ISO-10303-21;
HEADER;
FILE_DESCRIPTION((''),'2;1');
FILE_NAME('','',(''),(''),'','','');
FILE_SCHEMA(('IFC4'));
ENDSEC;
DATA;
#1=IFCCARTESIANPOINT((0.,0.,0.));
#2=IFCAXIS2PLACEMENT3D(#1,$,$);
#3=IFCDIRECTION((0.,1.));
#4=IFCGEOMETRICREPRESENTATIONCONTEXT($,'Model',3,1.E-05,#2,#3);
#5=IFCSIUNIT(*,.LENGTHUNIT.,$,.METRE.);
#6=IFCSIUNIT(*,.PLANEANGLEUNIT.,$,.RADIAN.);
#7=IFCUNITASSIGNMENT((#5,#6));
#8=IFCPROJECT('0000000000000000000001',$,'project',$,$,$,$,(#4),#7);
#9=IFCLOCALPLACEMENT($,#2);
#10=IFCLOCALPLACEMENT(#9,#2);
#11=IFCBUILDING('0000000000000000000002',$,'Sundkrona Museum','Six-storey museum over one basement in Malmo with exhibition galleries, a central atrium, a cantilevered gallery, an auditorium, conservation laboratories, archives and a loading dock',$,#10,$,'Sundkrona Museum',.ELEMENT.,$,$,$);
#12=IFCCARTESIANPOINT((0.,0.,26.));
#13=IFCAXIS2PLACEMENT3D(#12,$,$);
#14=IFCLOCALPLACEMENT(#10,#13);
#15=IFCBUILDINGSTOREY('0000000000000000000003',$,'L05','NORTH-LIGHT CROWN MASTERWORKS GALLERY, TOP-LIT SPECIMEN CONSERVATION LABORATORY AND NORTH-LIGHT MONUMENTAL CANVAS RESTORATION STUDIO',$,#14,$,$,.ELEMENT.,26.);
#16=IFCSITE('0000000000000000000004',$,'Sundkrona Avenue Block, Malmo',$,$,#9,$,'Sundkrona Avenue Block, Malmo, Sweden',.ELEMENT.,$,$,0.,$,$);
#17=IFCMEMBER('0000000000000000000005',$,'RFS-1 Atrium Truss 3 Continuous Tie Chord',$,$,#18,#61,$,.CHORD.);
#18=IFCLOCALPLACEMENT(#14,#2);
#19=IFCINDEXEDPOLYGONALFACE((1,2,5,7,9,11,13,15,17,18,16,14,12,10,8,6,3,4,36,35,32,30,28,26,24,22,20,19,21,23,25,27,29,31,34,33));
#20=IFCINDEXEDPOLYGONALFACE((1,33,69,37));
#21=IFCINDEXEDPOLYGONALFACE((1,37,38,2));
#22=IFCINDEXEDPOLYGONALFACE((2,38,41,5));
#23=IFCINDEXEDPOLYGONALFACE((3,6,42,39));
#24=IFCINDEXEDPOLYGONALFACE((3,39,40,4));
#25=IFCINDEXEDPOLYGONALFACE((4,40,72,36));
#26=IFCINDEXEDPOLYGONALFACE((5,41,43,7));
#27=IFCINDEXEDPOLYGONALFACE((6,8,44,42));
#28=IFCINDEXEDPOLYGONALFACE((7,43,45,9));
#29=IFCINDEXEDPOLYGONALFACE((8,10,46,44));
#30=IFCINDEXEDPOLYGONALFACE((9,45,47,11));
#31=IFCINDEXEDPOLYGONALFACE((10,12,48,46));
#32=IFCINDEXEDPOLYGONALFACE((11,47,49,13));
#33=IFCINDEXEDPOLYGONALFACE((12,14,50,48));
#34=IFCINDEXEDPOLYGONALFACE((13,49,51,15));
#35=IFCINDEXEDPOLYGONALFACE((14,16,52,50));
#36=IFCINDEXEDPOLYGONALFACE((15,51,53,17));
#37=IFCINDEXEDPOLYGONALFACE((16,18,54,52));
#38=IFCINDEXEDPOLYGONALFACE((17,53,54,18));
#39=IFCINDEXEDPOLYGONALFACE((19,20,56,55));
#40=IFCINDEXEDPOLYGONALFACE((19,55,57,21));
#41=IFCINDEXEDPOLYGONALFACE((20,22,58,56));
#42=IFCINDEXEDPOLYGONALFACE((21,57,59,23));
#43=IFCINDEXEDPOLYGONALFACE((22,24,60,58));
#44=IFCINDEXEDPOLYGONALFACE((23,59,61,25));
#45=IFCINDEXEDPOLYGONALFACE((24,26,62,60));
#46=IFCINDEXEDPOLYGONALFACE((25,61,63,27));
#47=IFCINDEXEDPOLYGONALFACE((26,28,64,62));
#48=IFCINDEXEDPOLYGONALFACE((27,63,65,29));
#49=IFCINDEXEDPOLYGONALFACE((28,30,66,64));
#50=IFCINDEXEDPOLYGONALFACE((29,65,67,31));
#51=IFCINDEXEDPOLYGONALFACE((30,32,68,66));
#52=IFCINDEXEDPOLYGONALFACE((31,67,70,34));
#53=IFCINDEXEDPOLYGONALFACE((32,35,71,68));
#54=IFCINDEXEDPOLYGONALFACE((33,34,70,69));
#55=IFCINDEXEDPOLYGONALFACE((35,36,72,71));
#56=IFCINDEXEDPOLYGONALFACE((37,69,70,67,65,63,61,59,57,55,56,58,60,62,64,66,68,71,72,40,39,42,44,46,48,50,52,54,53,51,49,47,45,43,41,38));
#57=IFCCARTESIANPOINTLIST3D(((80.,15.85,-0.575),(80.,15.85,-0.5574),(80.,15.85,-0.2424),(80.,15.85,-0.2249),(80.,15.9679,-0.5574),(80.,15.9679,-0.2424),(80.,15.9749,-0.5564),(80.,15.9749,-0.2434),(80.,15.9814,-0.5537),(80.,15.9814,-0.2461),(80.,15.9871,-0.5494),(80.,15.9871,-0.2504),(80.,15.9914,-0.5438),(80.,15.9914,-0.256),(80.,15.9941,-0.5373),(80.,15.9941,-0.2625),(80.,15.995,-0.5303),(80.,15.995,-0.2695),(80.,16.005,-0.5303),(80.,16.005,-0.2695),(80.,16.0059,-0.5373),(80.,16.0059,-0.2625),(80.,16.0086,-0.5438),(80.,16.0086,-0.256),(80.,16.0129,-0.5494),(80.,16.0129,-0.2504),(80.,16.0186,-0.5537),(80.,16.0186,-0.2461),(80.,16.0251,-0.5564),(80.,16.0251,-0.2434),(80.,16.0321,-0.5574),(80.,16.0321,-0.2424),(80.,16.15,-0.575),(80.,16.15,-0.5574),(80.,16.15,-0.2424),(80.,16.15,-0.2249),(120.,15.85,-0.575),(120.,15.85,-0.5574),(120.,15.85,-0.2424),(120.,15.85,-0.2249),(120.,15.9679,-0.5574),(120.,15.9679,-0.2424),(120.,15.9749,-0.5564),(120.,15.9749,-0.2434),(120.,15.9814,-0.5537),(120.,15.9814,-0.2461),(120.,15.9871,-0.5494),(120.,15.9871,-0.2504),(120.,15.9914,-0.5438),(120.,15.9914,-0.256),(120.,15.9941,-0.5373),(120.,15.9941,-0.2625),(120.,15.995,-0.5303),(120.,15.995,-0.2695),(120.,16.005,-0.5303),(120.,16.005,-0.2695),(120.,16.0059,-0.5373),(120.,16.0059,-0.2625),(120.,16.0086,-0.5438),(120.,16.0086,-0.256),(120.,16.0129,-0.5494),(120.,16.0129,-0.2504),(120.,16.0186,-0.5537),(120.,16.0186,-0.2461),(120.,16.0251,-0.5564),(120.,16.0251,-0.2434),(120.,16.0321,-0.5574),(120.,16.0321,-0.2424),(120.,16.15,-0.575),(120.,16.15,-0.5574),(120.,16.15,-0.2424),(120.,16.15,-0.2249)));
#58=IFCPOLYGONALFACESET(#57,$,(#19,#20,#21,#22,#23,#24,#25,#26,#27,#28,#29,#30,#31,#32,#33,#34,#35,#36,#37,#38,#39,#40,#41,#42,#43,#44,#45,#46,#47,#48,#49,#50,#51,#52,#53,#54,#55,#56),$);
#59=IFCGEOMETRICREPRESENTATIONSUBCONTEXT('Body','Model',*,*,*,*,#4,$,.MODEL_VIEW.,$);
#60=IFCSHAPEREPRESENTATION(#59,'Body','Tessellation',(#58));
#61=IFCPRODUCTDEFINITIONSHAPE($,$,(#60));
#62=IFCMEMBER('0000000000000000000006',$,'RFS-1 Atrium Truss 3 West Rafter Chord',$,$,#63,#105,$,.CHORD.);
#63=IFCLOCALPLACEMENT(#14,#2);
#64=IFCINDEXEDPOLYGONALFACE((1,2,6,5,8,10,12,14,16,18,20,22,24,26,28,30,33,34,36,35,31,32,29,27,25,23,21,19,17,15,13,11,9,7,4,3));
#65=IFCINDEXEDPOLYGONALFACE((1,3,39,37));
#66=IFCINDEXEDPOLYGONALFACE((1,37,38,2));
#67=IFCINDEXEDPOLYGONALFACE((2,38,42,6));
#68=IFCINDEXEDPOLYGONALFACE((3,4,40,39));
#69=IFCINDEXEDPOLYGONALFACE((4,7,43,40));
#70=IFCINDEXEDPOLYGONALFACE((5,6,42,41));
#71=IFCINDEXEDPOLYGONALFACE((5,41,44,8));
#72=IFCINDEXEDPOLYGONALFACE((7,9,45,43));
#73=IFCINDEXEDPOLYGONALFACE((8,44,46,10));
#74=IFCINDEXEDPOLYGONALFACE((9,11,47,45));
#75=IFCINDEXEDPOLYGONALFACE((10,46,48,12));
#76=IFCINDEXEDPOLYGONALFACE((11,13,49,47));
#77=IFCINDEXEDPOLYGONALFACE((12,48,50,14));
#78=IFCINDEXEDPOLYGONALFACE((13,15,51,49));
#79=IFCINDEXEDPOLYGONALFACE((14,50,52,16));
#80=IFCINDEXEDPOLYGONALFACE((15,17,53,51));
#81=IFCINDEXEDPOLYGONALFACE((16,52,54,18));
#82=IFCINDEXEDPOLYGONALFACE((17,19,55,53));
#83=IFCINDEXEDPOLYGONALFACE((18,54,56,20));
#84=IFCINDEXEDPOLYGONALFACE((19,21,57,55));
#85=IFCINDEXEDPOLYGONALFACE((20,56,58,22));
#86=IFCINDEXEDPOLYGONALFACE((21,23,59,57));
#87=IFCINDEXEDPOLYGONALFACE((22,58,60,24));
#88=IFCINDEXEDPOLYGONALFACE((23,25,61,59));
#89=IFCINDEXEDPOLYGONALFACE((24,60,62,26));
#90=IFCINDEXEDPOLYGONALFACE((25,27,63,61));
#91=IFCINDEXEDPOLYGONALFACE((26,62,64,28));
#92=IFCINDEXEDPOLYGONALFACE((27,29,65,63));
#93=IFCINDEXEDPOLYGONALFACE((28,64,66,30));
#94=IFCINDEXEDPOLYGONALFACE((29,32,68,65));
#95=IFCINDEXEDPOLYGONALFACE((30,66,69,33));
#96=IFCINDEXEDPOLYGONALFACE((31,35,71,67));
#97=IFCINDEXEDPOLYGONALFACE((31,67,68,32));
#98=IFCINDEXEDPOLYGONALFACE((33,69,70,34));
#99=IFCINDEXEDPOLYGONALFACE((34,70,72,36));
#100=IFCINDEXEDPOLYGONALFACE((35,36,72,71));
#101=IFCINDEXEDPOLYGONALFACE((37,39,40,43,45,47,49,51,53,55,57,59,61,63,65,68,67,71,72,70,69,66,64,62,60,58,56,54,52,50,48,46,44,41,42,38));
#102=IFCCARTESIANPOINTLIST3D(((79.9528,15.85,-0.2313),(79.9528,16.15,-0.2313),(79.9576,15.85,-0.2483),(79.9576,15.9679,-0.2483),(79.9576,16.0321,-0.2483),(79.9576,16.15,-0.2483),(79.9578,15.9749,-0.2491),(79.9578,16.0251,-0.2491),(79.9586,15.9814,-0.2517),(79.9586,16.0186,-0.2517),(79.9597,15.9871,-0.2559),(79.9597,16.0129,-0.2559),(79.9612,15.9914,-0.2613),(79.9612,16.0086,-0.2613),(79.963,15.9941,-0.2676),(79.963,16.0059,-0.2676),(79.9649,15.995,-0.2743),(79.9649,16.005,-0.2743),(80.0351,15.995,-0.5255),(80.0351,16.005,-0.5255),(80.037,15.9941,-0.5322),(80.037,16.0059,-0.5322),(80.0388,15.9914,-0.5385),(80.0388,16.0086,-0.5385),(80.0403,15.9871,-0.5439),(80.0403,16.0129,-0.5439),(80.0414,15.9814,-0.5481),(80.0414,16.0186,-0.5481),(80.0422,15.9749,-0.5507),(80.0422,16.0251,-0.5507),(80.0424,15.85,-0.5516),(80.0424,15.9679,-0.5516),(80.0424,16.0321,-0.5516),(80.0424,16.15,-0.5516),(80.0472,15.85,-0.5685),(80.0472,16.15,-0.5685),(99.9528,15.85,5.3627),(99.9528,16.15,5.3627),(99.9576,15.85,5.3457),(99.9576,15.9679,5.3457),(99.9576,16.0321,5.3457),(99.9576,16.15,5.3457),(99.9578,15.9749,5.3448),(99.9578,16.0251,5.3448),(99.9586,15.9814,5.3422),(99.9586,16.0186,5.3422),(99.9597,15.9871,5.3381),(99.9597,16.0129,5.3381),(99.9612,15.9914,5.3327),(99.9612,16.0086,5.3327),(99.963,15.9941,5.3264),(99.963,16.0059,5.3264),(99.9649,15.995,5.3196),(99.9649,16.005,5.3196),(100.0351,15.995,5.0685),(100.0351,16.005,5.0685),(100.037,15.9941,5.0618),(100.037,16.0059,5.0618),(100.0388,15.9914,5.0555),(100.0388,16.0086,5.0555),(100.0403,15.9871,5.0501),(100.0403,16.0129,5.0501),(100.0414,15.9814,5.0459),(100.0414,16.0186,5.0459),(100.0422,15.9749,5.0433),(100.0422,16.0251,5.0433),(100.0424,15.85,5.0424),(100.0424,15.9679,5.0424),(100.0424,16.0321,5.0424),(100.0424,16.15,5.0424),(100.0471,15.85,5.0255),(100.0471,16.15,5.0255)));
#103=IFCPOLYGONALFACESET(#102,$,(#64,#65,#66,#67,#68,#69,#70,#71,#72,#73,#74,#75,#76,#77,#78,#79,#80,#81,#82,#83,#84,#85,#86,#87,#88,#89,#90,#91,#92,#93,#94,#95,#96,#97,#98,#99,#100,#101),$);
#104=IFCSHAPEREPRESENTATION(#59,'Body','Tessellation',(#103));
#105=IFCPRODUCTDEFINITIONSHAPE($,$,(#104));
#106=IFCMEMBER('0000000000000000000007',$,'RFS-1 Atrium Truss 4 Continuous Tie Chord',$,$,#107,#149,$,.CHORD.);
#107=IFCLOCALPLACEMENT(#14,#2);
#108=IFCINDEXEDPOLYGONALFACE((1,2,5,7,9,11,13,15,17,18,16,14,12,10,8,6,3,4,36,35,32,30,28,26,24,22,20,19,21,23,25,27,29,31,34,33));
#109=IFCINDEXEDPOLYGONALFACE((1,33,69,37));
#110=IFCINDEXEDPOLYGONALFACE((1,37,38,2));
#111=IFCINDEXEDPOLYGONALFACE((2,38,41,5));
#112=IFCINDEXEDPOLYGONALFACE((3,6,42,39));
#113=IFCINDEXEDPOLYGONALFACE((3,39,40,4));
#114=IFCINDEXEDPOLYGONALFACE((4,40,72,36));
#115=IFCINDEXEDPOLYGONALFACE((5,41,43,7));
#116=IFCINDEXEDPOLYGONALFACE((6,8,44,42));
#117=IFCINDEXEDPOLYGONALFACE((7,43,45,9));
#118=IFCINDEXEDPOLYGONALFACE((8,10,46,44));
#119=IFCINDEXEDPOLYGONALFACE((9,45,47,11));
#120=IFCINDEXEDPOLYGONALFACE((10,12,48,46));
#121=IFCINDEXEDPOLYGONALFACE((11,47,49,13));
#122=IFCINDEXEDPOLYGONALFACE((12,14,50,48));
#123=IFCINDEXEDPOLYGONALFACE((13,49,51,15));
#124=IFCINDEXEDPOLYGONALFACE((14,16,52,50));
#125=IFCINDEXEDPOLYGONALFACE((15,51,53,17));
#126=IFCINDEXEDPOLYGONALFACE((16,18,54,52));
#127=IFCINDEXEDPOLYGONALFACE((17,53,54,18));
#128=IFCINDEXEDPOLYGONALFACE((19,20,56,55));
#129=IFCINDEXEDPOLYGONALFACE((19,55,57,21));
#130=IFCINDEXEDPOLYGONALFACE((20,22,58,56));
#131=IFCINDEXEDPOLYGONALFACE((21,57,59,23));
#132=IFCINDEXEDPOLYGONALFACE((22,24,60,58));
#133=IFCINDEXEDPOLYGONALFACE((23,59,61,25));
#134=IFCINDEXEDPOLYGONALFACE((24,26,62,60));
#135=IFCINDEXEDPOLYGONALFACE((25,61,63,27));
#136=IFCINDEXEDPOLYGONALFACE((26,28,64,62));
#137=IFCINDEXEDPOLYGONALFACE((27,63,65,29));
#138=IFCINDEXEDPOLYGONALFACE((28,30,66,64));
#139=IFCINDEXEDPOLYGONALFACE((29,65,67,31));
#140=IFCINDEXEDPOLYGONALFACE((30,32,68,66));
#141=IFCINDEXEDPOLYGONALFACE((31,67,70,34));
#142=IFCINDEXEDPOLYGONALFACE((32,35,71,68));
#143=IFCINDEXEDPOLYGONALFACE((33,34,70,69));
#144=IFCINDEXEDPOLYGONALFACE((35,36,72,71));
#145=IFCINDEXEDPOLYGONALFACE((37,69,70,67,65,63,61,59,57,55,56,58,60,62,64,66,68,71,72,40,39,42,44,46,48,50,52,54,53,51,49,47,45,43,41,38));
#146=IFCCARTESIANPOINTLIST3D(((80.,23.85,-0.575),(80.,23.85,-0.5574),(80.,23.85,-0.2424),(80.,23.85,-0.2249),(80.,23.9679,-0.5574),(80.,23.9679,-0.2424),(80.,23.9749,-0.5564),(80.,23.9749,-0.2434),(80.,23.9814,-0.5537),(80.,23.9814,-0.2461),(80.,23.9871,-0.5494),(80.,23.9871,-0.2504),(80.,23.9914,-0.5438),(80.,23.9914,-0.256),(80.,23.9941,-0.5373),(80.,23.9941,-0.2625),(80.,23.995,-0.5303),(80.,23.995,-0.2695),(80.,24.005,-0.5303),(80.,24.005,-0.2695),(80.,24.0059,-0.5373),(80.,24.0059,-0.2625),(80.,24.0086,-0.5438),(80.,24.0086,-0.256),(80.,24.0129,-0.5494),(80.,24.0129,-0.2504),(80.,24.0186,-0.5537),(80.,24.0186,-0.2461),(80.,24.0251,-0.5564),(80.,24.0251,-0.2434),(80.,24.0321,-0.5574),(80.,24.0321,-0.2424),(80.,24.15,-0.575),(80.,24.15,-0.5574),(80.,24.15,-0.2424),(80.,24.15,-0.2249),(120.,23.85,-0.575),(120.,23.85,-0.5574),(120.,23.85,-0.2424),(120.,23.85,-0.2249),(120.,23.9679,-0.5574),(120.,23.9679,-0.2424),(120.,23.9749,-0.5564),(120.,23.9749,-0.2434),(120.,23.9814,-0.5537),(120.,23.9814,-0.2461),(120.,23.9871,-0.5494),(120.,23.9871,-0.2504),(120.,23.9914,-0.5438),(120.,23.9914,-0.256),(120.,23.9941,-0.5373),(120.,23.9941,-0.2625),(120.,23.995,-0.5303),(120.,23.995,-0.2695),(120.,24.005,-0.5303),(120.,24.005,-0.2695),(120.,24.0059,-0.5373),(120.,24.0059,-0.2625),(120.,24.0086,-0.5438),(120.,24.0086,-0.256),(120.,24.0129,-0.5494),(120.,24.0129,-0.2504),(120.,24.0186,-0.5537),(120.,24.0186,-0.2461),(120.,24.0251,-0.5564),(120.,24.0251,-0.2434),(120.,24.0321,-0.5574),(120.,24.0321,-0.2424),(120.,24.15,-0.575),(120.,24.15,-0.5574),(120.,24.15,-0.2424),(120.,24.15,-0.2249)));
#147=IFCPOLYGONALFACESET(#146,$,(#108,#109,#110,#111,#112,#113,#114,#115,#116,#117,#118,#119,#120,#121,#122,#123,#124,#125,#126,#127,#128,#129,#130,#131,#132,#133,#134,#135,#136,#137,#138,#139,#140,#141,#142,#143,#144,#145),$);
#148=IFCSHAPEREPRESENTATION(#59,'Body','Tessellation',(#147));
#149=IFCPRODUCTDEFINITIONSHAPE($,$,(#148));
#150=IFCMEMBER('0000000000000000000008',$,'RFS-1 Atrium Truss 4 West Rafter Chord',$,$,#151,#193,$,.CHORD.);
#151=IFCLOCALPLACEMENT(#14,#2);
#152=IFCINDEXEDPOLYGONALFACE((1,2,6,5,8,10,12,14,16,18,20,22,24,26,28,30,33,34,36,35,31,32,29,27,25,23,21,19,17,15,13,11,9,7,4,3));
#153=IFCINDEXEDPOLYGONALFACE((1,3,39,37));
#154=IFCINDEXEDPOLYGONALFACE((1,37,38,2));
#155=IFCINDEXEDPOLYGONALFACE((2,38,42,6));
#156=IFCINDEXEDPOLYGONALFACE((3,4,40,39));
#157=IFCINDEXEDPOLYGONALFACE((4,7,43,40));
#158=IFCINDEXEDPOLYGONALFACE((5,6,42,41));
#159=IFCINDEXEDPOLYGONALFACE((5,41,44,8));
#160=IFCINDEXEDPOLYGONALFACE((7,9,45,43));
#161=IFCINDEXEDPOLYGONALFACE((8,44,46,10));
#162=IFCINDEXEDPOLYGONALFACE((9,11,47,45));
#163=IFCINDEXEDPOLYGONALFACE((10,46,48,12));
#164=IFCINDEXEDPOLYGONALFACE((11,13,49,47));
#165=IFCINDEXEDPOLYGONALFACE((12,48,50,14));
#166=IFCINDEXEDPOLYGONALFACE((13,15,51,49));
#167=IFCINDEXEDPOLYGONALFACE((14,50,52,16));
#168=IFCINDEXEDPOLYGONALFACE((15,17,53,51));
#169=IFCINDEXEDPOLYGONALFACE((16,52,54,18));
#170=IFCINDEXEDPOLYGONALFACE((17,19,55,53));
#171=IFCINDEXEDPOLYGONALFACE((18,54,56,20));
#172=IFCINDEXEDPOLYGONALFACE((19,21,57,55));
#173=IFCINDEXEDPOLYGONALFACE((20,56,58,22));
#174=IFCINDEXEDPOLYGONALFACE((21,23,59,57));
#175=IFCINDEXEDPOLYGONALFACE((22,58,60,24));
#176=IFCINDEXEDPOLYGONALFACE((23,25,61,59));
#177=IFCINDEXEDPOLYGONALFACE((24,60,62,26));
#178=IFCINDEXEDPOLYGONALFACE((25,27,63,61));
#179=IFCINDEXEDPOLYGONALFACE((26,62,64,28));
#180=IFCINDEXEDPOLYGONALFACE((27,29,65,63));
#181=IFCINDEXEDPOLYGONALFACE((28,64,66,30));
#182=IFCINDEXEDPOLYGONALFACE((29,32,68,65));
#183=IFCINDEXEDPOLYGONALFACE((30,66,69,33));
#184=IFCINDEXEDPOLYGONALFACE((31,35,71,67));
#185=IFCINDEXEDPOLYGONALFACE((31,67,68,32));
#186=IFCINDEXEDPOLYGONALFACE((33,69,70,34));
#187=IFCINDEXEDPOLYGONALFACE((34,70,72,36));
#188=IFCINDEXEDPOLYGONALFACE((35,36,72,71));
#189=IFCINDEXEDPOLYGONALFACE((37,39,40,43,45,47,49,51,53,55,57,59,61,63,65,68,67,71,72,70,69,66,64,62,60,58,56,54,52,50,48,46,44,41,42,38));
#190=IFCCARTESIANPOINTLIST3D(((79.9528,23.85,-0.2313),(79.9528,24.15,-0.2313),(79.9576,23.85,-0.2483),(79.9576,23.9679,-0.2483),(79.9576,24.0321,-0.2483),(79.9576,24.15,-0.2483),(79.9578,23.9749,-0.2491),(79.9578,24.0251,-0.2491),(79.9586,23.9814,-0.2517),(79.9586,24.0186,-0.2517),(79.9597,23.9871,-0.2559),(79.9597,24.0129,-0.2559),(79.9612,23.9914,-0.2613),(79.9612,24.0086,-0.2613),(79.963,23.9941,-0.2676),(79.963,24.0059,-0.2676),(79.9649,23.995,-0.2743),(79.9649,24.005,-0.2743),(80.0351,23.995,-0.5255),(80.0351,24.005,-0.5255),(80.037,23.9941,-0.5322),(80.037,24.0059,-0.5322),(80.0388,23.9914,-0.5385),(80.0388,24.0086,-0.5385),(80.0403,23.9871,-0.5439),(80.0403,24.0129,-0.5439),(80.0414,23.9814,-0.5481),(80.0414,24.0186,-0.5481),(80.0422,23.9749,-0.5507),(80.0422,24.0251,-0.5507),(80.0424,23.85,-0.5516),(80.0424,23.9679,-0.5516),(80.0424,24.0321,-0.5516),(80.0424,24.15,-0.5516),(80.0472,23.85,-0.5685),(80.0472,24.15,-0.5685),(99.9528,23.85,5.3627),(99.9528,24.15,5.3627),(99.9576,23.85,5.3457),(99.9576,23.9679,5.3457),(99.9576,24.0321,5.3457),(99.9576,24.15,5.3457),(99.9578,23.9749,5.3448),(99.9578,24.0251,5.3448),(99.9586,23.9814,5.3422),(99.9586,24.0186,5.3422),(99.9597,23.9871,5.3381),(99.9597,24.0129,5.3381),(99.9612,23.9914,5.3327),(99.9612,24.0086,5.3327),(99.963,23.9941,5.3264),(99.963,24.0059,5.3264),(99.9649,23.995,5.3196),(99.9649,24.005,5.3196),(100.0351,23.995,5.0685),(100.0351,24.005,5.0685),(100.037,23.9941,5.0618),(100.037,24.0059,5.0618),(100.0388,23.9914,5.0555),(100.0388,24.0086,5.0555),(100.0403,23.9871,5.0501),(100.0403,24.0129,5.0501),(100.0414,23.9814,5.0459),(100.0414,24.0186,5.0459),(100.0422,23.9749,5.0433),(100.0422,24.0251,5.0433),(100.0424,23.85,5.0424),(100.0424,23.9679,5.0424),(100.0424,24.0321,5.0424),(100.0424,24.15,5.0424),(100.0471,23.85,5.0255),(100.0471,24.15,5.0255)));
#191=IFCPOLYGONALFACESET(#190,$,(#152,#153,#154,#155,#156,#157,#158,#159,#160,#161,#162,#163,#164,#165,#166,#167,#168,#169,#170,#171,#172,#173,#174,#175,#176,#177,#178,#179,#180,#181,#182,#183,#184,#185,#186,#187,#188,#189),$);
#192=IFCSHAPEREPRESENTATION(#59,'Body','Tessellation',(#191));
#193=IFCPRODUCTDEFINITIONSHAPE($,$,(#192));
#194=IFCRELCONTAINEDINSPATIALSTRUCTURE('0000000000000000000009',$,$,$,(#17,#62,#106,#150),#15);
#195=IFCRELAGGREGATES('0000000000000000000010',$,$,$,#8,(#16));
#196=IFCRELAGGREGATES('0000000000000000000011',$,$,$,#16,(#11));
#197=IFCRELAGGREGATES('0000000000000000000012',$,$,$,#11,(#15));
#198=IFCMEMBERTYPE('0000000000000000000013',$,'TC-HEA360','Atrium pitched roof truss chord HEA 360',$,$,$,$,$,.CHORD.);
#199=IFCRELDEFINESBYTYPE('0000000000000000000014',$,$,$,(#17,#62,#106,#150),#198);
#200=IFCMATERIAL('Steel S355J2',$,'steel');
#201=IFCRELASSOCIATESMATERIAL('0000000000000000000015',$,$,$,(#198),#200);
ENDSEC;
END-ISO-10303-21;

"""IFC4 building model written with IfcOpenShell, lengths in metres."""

from ifc_helpers import new_model, si_unit, direction, frame, origin, origin_2d, place, context, subcontext, project, spatial, i_section, extrude, material, material_profile, profile_set, type_object, element, save


model = new_model("IFC4")

# Units and contexts
model_context = context("Model", 3, precision=1e-05, world=origin(), true_north=direction((0.0, 1.0)))
body_context = subcontext(model_context, "Body", "Model", "MODEL_VIEW")
ifc_project = project(units=[si_unit("LENGTHUNIT", "METRE"), si_unit("PLANEANGLEUNIT", "RADIAN")], contexts=[model_context])

# Site, building, storey
site_placement = place(None, origin())
site = spatial("IfcSite", under=ifc_project, at=site_placement, Name="Sundkrona Avenue Block, Malmo", LongName="Sundkrona Avenue Block, Malmo, Sweden", CompositionType="ELEMENT", RefElevation=0.0)
building_placement = place(site_placement, origin())
building = spatial("IfcBuilding", under=site, at=building_placement, Name="Sundkrona Museum", Description="Six-storey museum over one basement in Malmo with exhibition galleries, a central atrium, a cantilevered gallery, an auditorium, conservation laboratories, archives and a loading dock", LongName="Sundkrona Museum", CompositionType="ELEMENT")
storey_placement = place(building_placement, frame((0.0, 0.0, 26.0)))
storey = spatial("IfcBuildingStorey", under=building, at=storey_placement, Name="L05", Description="NORTH-LIGHT CROWN MASTERWORKS GALLERY, TOP-LIT SPECIMEN CONSERVATION LABORATORY AND NORTH-LIGHT MONUMENTAL CANVAS RESTORATION STUDIO", CompositionType="ELEMENT", Elevation=26.0)

# Members
ifc_material_1 = material(Name="Steel S355J2", Category="steel")
ifc_material_profile_1 = material_profile(ifc_material_1, i_section(OverallWidth=0.3, OverallDepth=0.3501, WebThickness=0.01, FlangeThickness=0.0176, FilletRadius=0.0271, at=origin_2d()), Name="HEA 360")
ifc_profile_set_1 = profile_set([ifc_material_profile_1], Name="Steel S355J2")
member_type_1 = type_object("IfcMemberType", Name="TC-HEA360", Description="Atrium pitched roof truss chord HEA 360", PredefinedType="CHORD", material=ifc_profile_set_1)
member_1_placement = place(storey_placement, frame((80.0, 16.0, -0.3999), z_axis=(1.0, 0.0, 0.0), x_axis=(0.0, 1.0, 0.0)))
element("IfcMember", 1, at=member_1_placement, inside=storey, type_object=member_type_1, Name="RFS-1 Atrium Truss 3 Continuous Tie Chord", PredefinedType="CHORD", context=body_context, shape_type="SweptSolid", body=[
    extrude(i_section(OverallWidth=0.3, OverallDepth=0.3501, WebThickness=0.01, FlangeThickness=0.0176, FilletRadius=0.0271, at=origin_2d()), origin(), (0.0, 0.0, 1.0), 40.0),
])
member_2_placement = place(storey_placement, frame((80.0, 16.0, -0.3999), z_axis=(0.963039, 0.0, 0.269362), x_axis=(0.0, 1.0, 0.0)))
element("IfcMember", 2, at=member_2_placement, inside=storey, type_object=member_type_1, Name="RFS-1 Atrium Truss 3 West Rafter Chord", PredefinedType="CHORD", context=body_context, shape_type="SweptSolid", body=[
    extrude(i_section(OverallWidth=0.3, OverallDepth=0.3501, WebThickness=0.01, FlangeThickness=0.0176, FilletRadius=0.0271, at=origin_2d()), origin(), (0.0, 0.0, 1.0), 20.7676),
])
member_3_placement = place(storey_placement, frame((80.0, 24.0, -0.3999), z_axis=(1.0, 0.0, 0.0), x_axis=(0.0, 1.0, 0.0)))
element("IfcMember", 3, at=member_3_placement, inside=storey, type_object=member_type_1, Name="RFS-1 Atrium Truss 4 Continuous Tie Chord", PredefinedType="CHORD", context=body_context, shape_type="SweptSolid", body=[
    extrude(i_section(OverallWidth=0.3, OverallDepth=0.3501, WebThickness=0.01, FlangeThickness=0.0176, FilletRadius=0.0271, at=origin_2d()), origin(), (0.0, 0.0, 1.0), 40.0),
])
member_4_placement = place(storey_placement, frame((80.0, 24.0, -0.3999), z_axis=(0.963039, 0.0, 0.269362), x_axis=(0.0, 1.0, 0.0)))
element("IfcMember", 4, at=member_4_placement, inside=storey, type_object=member_type_1, Name="RFS-1 Atrium Truss 4 West Rafter Chord", PredefinedType="CHORD", context=body_context, shape_type="SweptSolid", body=[
    extrude(i_section(OverallWidth=0.3, OverallDepth=0.3501, WebThickness=0.01, FlangeThickness=0.0176, FilletRadius=0.0271, at=origin_2d()), origin(), (0.0, 0.0, 1.0), 20.7676),
])

save(model, "model.ifc")
